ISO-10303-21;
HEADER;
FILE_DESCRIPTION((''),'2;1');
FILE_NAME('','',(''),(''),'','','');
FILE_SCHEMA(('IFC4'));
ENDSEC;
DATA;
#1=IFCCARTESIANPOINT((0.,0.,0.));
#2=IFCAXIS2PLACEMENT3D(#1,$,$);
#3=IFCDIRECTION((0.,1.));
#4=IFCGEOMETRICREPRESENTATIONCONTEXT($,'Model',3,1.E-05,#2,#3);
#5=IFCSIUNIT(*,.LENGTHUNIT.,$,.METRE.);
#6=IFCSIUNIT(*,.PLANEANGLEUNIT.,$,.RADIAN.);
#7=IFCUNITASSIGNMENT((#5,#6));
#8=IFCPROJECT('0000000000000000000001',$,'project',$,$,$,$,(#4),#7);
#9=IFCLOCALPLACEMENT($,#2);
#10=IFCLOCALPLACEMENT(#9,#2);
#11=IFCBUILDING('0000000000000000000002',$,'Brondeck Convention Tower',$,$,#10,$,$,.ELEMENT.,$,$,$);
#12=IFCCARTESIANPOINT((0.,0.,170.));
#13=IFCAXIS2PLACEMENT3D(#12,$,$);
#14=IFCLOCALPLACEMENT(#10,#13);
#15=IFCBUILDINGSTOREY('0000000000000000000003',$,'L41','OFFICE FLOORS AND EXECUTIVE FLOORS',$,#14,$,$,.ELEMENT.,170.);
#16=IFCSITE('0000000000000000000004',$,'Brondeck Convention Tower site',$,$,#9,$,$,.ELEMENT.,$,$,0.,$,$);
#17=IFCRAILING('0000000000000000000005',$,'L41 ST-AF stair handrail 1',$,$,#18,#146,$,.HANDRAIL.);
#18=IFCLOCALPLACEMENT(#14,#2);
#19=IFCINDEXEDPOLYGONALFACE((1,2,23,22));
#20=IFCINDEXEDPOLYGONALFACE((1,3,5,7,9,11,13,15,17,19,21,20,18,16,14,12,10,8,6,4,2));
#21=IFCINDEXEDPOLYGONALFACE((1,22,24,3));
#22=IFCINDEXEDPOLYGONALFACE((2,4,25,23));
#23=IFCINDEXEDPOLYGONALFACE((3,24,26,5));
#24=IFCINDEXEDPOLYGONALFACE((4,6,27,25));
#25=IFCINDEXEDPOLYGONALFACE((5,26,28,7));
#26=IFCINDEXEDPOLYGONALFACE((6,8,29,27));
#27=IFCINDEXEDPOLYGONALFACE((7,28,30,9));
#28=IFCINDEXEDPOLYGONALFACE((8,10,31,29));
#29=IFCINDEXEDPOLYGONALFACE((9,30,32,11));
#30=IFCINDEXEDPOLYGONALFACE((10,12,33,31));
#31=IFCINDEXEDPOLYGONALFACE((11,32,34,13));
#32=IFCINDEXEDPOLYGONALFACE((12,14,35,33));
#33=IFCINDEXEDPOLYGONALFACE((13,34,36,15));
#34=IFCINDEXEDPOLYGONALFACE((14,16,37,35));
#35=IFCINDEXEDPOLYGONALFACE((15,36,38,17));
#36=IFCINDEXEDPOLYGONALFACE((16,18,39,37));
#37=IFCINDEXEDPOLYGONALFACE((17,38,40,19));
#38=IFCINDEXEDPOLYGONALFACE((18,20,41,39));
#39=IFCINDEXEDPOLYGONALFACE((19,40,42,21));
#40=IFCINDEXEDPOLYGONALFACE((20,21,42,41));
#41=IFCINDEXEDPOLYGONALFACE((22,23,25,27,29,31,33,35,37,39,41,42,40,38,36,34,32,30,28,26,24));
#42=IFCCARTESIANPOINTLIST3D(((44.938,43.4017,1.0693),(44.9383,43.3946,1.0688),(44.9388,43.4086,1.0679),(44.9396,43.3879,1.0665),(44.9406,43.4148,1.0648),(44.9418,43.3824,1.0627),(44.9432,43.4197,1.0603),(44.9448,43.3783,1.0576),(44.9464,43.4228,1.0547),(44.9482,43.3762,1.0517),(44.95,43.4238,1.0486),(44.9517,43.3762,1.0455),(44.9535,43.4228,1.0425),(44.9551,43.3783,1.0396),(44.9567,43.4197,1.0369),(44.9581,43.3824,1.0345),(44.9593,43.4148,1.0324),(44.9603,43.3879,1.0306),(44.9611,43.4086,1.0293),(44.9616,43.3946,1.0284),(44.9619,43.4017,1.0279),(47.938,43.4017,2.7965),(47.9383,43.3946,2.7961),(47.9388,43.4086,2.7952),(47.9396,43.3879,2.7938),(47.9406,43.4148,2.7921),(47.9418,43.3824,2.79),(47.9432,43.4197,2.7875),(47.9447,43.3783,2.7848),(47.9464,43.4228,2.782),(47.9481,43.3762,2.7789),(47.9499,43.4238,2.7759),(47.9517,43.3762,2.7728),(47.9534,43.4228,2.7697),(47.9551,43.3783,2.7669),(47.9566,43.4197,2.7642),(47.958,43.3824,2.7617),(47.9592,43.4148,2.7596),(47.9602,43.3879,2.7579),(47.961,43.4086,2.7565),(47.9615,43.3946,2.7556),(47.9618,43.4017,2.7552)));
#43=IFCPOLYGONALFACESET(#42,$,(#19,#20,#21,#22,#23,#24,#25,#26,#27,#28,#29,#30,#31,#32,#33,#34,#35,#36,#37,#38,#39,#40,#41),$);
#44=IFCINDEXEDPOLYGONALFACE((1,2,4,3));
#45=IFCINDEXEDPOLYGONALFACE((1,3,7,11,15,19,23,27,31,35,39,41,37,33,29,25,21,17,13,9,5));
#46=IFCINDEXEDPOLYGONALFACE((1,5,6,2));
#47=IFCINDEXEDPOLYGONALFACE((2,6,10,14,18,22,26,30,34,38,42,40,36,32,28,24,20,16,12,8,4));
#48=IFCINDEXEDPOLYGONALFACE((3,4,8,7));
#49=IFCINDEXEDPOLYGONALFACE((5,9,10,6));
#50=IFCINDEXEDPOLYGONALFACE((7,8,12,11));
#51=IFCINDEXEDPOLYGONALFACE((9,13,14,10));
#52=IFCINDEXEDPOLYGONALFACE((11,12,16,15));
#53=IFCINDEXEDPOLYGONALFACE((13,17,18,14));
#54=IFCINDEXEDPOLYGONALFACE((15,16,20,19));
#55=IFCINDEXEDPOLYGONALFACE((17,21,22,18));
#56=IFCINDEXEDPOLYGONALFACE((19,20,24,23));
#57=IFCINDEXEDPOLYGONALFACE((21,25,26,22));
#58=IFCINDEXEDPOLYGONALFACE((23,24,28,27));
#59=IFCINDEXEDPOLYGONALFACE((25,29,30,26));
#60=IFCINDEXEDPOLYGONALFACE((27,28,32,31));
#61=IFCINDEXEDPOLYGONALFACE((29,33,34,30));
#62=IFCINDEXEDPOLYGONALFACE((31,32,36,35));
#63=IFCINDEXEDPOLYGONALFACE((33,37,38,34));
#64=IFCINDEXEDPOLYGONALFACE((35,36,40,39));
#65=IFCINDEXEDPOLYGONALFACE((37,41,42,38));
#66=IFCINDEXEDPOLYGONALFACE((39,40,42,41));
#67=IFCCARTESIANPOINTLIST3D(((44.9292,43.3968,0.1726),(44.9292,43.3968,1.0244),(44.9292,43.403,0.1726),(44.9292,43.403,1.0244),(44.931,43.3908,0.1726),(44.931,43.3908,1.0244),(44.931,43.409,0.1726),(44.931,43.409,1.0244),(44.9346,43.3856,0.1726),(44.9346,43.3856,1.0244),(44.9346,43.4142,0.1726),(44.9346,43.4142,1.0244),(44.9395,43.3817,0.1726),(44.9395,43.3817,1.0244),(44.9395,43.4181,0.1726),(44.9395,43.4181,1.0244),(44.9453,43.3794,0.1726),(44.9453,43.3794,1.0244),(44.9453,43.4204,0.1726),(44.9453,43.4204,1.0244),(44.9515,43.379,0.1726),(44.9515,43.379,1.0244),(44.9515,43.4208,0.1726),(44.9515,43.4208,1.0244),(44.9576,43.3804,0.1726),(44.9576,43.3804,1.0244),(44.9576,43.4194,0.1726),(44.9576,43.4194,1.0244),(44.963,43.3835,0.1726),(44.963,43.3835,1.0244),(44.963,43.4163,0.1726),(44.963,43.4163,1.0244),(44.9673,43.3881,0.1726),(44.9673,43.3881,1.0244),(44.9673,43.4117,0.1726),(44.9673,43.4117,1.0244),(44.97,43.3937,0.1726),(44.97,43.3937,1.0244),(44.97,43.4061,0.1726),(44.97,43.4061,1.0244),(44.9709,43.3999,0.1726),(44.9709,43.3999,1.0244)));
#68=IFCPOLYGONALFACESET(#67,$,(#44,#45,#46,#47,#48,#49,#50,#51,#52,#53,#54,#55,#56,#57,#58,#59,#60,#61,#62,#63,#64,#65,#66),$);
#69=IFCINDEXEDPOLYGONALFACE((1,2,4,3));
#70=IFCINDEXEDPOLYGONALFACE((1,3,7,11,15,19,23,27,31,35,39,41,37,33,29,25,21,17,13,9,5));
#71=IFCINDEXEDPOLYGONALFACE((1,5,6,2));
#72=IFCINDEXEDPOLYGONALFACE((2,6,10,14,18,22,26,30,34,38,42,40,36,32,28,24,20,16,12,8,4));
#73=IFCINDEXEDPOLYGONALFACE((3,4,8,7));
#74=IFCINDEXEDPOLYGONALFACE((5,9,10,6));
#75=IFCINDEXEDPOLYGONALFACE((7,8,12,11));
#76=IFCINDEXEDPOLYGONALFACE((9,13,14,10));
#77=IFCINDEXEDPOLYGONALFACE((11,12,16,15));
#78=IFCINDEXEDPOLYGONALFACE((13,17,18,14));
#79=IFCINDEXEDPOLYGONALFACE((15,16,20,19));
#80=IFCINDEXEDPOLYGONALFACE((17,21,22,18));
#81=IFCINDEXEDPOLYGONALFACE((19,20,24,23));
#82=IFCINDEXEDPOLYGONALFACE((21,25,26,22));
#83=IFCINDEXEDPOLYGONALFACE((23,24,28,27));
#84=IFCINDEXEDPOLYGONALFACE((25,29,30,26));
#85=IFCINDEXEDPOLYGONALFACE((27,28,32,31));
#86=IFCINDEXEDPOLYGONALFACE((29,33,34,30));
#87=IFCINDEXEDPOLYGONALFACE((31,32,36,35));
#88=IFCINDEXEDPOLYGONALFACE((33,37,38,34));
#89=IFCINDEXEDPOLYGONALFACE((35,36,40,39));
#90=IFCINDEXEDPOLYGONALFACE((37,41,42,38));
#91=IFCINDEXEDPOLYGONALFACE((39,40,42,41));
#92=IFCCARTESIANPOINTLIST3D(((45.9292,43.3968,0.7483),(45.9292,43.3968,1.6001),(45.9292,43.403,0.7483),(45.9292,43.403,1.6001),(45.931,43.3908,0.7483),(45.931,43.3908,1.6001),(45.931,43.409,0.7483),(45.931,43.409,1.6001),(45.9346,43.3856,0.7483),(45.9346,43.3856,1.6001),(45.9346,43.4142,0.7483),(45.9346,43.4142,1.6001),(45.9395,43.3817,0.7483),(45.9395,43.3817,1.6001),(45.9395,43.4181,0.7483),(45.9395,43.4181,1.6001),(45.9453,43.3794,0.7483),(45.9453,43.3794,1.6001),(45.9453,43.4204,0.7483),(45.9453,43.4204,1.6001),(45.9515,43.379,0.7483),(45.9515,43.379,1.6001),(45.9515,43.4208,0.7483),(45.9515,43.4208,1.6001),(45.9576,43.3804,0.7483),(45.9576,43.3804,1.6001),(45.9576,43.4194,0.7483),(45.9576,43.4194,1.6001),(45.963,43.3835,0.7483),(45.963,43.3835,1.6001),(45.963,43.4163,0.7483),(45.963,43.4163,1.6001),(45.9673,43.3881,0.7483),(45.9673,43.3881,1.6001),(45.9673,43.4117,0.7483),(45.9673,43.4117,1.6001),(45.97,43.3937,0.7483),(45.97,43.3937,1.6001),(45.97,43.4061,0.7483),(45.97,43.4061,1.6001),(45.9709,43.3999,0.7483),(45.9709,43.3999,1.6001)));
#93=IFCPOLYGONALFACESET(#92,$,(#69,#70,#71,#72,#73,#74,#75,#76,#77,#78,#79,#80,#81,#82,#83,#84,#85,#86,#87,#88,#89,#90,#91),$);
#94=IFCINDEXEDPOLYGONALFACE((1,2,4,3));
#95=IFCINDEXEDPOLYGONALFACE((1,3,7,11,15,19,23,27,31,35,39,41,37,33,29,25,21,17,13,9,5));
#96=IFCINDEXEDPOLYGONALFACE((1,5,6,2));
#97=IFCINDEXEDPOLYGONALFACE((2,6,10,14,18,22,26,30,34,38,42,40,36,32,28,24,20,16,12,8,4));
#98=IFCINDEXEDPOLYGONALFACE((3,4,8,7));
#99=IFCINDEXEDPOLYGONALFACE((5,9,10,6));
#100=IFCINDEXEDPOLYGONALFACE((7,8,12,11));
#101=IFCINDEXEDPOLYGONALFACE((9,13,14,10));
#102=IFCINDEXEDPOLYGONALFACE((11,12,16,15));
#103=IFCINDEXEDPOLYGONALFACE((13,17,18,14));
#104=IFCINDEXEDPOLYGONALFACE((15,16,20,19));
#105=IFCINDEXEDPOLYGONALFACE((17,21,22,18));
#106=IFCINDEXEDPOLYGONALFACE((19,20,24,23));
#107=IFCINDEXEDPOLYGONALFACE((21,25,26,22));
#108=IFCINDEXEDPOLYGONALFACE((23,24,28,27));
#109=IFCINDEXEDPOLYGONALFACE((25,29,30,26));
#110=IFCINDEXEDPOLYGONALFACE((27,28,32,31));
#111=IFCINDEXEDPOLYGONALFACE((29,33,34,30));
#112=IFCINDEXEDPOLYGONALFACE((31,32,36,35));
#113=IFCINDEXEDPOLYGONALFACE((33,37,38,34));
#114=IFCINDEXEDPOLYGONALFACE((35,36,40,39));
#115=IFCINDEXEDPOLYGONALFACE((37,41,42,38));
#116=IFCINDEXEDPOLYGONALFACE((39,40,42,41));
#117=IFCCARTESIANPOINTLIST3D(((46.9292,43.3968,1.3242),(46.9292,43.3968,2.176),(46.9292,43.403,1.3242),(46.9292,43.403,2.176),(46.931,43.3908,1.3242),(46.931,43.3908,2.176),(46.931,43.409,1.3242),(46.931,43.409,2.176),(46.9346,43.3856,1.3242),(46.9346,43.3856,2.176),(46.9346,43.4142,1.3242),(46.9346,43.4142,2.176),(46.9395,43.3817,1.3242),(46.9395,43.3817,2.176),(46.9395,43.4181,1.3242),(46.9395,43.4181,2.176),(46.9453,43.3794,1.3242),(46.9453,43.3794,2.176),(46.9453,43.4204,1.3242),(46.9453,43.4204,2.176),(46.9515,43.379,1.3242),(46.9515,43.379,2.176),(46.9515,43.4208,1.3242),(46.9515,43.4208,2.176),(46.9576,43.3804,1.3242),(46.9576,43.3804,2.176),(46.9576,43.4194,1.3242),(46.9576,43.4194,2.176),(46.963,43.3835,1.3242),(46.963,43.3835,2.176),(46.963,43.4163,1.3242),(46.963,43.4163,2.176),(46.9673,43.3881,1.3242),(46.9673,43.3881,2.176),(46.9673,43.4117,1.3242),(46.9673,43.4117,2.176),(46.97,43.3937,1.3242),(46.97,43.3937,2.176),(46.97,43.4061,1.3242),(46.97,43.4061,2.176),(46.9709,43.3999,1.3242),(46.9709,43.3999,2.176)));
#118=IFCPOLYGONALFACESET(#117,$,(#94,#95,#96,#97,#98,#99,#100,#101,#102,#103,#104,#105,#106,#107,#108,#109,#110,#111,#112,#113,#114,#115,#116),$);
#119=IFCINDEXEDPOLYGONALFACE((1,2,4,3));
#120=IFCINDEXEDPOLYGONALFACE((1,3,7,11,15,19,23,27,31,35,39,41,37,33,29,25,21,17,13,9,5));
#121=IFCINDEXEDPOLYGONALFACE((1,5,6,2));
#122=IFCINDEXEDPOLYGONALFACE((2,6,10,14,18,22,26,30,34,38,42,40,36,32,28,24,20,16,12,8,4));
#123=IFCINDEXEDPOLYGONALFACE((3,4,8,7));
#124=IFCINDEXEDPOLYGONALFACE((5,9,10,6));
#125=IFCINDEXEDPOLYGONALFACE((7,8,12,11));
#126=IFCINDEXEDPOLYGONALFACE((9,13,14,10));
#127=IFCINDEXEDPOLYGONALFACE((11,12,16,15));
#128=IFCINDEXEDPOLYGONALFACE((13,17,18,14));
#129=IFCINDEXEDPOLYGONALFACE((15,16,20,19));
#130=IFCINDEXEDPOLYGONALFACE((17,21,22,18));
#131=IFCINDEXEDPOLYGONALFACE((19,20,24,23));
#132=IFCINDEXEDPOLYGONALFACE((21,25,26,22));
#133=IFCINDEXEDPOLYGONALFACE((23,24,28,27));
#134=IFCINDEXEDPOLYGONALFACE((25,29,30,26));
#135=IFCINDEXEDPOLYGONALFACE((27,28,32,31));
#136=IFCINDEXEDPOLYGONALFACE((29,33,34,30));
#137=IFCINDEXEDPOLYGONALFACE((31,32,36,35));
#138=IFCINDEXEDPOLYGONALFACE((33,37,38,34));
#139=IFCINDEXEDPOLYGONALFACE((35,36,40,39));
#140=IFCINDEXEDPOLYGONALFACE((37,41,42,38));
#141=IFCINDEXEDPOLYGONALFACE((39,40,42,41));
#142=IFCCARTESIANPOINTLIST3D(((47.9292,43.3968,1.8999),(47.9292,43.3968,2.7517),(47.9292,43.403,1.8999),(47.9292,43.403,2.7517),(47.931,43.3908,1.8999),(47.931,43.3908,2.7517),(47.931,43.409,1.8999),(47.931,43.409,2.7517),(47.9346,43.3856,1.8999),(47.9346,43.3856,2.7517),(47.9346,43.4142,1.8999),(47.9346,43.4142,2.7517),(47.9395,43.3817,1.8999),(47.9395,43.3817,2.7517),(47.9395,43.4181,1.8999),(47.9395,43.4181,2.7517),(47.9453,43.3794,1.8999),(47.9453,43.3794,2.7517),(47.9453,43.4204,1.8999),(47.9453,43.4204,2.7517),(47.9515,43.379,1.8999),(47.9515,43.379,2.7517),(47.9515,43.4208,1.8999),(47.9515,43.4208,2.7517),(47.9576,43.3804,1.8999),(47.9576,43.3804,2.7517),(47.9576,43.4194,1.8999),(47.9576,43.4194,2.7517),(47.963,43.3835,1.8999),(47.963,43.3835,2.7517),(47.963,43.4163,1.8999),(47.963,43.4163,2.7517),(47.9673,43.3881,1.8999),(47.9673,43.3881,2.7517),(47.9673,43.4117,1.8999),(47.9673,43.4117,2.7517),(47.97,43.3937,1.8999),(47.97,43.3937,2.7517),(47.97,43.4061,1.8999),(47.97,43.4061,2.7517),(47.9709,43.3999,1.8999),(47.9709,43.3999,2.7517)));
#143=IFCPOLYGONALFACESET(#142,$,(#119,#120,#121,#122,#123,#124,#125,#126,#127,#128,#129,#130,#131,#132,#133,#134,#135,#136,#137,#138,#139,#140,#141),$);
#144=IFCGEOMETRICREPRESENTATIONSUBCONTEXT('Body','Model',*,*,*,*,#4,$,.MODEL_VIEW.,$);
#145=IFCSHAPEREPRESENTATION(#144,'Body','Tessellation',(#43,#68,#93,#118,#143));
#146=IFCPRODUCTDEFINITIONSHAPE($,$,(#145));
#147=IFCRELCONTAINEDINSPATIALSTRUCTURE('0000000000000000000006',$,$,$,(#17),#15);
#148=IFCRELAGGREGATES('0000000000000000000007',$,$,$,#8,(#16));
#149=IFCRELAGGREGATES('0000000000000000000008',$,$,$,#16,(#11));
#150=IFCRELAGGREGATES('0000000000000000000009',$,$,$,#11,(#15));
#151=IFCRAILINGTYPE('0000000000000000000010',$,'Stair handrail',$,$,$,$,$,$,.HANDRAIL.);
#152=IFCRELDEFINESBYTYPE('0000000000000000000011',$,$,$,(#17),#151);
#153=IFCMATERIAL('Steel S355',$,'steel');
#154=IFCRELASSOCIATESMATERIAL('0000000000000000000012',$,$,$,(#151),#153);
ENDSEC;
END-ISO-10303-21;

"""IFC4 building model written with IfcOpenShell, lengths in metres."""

from ifc_helpers import new_model, si_unit, direction, frame, origin, origin_2d, place, context, subcontext, project, spatial, circle, extrude, material, type_object, element, save


model = new_model("IFC4")

# Units and contexts
model_context = context("Model", 3, precision=1e-05, world=origin(), true_north=direction((0.0, 1.0)))
body_context = subcontext(model_context, "Body", "Model", "MODEL_VIEW")
ifc_project = project(units=[si_unit("LENGTHUNIT", "METRE"), si_unit("PLANEANGLEUNIT", "RADIAN")], contexts=[model_context])

# Site, building, storey
site_placement = place(None, origin())
site = spatial("IfcSite", under=ifc_project, at=site_placement, Name="Brondeck Convention Tower site", CompositionType="ELEMENT", RefElevation=0.0)
building_placement = place(site_placement, origin())
building = spatial("IfcBuilding", under=site, at=building_placement, Name="Brondeck Convention Tower", CompositionType="ELEMENT")
storey_placement = place(building_placement, frame((0.0, 0.0, 170.0)))
storey = spatial("IfcBuildingStorey", under=building, at=storey_placement, Name="L41", Description="OFFICE FLOORS AND EXECUTIVE FLOORS", CompositionType="ELEMENT", Elevation=170.0)

# Shared definitions
ifc_material_1 = material(Name="Steel S355", Category="steel")

# Railing
railing_type_1 = type_object("IfcRailingType", Name="Stair handrail", PredefinedType="HANDRAIL", material=ifc_material_1)
railing_1_placement = place(storey_placement, frame((44.95, 43.3999, 0.1726)))
element("IfcRailing", 1, at=railing_1_placement, inside=storey, type_object=railing_type_1, Name="L41 ST-AF stair handrail 1", PredefinedType="HANDRAIL", context=body_context, shape_type="SweptSolid", body=[
    extrude(circle(Radius=0.0239, at=origin_2d()), frame((0.0, 0.0, 0.876), z_axis=(0.86662, 0.0, 0.498969), x_axis=(0.0, 1.0, 0.0)), (0.0, 0.0, 1.0), 3.4617),
    extrude(circle(Radius=0.021, at=origin_2d()), origin(), (0.0, 0.0, 1.0), 0.8518),
    extrude(circle(Radius=0.021, at=origin_2d()), frame((1.0, 0.0, 0.5757)), (0.0, 0.0, 1.0), 0.8518),
    extrude(circle(Radius=0.021, at=origin_2d()), frame((2.0, 0.0, 1.1516)), (0.0, 0.0, 1.0), 0.8518),
    extrude(circle(Radius=0.021, at=origin_2d()), frame((3.0, 0.0, 1.7273)), (0.0, 0.0, 1.0), 0.8518),
])

save(model, "model.ifc")
